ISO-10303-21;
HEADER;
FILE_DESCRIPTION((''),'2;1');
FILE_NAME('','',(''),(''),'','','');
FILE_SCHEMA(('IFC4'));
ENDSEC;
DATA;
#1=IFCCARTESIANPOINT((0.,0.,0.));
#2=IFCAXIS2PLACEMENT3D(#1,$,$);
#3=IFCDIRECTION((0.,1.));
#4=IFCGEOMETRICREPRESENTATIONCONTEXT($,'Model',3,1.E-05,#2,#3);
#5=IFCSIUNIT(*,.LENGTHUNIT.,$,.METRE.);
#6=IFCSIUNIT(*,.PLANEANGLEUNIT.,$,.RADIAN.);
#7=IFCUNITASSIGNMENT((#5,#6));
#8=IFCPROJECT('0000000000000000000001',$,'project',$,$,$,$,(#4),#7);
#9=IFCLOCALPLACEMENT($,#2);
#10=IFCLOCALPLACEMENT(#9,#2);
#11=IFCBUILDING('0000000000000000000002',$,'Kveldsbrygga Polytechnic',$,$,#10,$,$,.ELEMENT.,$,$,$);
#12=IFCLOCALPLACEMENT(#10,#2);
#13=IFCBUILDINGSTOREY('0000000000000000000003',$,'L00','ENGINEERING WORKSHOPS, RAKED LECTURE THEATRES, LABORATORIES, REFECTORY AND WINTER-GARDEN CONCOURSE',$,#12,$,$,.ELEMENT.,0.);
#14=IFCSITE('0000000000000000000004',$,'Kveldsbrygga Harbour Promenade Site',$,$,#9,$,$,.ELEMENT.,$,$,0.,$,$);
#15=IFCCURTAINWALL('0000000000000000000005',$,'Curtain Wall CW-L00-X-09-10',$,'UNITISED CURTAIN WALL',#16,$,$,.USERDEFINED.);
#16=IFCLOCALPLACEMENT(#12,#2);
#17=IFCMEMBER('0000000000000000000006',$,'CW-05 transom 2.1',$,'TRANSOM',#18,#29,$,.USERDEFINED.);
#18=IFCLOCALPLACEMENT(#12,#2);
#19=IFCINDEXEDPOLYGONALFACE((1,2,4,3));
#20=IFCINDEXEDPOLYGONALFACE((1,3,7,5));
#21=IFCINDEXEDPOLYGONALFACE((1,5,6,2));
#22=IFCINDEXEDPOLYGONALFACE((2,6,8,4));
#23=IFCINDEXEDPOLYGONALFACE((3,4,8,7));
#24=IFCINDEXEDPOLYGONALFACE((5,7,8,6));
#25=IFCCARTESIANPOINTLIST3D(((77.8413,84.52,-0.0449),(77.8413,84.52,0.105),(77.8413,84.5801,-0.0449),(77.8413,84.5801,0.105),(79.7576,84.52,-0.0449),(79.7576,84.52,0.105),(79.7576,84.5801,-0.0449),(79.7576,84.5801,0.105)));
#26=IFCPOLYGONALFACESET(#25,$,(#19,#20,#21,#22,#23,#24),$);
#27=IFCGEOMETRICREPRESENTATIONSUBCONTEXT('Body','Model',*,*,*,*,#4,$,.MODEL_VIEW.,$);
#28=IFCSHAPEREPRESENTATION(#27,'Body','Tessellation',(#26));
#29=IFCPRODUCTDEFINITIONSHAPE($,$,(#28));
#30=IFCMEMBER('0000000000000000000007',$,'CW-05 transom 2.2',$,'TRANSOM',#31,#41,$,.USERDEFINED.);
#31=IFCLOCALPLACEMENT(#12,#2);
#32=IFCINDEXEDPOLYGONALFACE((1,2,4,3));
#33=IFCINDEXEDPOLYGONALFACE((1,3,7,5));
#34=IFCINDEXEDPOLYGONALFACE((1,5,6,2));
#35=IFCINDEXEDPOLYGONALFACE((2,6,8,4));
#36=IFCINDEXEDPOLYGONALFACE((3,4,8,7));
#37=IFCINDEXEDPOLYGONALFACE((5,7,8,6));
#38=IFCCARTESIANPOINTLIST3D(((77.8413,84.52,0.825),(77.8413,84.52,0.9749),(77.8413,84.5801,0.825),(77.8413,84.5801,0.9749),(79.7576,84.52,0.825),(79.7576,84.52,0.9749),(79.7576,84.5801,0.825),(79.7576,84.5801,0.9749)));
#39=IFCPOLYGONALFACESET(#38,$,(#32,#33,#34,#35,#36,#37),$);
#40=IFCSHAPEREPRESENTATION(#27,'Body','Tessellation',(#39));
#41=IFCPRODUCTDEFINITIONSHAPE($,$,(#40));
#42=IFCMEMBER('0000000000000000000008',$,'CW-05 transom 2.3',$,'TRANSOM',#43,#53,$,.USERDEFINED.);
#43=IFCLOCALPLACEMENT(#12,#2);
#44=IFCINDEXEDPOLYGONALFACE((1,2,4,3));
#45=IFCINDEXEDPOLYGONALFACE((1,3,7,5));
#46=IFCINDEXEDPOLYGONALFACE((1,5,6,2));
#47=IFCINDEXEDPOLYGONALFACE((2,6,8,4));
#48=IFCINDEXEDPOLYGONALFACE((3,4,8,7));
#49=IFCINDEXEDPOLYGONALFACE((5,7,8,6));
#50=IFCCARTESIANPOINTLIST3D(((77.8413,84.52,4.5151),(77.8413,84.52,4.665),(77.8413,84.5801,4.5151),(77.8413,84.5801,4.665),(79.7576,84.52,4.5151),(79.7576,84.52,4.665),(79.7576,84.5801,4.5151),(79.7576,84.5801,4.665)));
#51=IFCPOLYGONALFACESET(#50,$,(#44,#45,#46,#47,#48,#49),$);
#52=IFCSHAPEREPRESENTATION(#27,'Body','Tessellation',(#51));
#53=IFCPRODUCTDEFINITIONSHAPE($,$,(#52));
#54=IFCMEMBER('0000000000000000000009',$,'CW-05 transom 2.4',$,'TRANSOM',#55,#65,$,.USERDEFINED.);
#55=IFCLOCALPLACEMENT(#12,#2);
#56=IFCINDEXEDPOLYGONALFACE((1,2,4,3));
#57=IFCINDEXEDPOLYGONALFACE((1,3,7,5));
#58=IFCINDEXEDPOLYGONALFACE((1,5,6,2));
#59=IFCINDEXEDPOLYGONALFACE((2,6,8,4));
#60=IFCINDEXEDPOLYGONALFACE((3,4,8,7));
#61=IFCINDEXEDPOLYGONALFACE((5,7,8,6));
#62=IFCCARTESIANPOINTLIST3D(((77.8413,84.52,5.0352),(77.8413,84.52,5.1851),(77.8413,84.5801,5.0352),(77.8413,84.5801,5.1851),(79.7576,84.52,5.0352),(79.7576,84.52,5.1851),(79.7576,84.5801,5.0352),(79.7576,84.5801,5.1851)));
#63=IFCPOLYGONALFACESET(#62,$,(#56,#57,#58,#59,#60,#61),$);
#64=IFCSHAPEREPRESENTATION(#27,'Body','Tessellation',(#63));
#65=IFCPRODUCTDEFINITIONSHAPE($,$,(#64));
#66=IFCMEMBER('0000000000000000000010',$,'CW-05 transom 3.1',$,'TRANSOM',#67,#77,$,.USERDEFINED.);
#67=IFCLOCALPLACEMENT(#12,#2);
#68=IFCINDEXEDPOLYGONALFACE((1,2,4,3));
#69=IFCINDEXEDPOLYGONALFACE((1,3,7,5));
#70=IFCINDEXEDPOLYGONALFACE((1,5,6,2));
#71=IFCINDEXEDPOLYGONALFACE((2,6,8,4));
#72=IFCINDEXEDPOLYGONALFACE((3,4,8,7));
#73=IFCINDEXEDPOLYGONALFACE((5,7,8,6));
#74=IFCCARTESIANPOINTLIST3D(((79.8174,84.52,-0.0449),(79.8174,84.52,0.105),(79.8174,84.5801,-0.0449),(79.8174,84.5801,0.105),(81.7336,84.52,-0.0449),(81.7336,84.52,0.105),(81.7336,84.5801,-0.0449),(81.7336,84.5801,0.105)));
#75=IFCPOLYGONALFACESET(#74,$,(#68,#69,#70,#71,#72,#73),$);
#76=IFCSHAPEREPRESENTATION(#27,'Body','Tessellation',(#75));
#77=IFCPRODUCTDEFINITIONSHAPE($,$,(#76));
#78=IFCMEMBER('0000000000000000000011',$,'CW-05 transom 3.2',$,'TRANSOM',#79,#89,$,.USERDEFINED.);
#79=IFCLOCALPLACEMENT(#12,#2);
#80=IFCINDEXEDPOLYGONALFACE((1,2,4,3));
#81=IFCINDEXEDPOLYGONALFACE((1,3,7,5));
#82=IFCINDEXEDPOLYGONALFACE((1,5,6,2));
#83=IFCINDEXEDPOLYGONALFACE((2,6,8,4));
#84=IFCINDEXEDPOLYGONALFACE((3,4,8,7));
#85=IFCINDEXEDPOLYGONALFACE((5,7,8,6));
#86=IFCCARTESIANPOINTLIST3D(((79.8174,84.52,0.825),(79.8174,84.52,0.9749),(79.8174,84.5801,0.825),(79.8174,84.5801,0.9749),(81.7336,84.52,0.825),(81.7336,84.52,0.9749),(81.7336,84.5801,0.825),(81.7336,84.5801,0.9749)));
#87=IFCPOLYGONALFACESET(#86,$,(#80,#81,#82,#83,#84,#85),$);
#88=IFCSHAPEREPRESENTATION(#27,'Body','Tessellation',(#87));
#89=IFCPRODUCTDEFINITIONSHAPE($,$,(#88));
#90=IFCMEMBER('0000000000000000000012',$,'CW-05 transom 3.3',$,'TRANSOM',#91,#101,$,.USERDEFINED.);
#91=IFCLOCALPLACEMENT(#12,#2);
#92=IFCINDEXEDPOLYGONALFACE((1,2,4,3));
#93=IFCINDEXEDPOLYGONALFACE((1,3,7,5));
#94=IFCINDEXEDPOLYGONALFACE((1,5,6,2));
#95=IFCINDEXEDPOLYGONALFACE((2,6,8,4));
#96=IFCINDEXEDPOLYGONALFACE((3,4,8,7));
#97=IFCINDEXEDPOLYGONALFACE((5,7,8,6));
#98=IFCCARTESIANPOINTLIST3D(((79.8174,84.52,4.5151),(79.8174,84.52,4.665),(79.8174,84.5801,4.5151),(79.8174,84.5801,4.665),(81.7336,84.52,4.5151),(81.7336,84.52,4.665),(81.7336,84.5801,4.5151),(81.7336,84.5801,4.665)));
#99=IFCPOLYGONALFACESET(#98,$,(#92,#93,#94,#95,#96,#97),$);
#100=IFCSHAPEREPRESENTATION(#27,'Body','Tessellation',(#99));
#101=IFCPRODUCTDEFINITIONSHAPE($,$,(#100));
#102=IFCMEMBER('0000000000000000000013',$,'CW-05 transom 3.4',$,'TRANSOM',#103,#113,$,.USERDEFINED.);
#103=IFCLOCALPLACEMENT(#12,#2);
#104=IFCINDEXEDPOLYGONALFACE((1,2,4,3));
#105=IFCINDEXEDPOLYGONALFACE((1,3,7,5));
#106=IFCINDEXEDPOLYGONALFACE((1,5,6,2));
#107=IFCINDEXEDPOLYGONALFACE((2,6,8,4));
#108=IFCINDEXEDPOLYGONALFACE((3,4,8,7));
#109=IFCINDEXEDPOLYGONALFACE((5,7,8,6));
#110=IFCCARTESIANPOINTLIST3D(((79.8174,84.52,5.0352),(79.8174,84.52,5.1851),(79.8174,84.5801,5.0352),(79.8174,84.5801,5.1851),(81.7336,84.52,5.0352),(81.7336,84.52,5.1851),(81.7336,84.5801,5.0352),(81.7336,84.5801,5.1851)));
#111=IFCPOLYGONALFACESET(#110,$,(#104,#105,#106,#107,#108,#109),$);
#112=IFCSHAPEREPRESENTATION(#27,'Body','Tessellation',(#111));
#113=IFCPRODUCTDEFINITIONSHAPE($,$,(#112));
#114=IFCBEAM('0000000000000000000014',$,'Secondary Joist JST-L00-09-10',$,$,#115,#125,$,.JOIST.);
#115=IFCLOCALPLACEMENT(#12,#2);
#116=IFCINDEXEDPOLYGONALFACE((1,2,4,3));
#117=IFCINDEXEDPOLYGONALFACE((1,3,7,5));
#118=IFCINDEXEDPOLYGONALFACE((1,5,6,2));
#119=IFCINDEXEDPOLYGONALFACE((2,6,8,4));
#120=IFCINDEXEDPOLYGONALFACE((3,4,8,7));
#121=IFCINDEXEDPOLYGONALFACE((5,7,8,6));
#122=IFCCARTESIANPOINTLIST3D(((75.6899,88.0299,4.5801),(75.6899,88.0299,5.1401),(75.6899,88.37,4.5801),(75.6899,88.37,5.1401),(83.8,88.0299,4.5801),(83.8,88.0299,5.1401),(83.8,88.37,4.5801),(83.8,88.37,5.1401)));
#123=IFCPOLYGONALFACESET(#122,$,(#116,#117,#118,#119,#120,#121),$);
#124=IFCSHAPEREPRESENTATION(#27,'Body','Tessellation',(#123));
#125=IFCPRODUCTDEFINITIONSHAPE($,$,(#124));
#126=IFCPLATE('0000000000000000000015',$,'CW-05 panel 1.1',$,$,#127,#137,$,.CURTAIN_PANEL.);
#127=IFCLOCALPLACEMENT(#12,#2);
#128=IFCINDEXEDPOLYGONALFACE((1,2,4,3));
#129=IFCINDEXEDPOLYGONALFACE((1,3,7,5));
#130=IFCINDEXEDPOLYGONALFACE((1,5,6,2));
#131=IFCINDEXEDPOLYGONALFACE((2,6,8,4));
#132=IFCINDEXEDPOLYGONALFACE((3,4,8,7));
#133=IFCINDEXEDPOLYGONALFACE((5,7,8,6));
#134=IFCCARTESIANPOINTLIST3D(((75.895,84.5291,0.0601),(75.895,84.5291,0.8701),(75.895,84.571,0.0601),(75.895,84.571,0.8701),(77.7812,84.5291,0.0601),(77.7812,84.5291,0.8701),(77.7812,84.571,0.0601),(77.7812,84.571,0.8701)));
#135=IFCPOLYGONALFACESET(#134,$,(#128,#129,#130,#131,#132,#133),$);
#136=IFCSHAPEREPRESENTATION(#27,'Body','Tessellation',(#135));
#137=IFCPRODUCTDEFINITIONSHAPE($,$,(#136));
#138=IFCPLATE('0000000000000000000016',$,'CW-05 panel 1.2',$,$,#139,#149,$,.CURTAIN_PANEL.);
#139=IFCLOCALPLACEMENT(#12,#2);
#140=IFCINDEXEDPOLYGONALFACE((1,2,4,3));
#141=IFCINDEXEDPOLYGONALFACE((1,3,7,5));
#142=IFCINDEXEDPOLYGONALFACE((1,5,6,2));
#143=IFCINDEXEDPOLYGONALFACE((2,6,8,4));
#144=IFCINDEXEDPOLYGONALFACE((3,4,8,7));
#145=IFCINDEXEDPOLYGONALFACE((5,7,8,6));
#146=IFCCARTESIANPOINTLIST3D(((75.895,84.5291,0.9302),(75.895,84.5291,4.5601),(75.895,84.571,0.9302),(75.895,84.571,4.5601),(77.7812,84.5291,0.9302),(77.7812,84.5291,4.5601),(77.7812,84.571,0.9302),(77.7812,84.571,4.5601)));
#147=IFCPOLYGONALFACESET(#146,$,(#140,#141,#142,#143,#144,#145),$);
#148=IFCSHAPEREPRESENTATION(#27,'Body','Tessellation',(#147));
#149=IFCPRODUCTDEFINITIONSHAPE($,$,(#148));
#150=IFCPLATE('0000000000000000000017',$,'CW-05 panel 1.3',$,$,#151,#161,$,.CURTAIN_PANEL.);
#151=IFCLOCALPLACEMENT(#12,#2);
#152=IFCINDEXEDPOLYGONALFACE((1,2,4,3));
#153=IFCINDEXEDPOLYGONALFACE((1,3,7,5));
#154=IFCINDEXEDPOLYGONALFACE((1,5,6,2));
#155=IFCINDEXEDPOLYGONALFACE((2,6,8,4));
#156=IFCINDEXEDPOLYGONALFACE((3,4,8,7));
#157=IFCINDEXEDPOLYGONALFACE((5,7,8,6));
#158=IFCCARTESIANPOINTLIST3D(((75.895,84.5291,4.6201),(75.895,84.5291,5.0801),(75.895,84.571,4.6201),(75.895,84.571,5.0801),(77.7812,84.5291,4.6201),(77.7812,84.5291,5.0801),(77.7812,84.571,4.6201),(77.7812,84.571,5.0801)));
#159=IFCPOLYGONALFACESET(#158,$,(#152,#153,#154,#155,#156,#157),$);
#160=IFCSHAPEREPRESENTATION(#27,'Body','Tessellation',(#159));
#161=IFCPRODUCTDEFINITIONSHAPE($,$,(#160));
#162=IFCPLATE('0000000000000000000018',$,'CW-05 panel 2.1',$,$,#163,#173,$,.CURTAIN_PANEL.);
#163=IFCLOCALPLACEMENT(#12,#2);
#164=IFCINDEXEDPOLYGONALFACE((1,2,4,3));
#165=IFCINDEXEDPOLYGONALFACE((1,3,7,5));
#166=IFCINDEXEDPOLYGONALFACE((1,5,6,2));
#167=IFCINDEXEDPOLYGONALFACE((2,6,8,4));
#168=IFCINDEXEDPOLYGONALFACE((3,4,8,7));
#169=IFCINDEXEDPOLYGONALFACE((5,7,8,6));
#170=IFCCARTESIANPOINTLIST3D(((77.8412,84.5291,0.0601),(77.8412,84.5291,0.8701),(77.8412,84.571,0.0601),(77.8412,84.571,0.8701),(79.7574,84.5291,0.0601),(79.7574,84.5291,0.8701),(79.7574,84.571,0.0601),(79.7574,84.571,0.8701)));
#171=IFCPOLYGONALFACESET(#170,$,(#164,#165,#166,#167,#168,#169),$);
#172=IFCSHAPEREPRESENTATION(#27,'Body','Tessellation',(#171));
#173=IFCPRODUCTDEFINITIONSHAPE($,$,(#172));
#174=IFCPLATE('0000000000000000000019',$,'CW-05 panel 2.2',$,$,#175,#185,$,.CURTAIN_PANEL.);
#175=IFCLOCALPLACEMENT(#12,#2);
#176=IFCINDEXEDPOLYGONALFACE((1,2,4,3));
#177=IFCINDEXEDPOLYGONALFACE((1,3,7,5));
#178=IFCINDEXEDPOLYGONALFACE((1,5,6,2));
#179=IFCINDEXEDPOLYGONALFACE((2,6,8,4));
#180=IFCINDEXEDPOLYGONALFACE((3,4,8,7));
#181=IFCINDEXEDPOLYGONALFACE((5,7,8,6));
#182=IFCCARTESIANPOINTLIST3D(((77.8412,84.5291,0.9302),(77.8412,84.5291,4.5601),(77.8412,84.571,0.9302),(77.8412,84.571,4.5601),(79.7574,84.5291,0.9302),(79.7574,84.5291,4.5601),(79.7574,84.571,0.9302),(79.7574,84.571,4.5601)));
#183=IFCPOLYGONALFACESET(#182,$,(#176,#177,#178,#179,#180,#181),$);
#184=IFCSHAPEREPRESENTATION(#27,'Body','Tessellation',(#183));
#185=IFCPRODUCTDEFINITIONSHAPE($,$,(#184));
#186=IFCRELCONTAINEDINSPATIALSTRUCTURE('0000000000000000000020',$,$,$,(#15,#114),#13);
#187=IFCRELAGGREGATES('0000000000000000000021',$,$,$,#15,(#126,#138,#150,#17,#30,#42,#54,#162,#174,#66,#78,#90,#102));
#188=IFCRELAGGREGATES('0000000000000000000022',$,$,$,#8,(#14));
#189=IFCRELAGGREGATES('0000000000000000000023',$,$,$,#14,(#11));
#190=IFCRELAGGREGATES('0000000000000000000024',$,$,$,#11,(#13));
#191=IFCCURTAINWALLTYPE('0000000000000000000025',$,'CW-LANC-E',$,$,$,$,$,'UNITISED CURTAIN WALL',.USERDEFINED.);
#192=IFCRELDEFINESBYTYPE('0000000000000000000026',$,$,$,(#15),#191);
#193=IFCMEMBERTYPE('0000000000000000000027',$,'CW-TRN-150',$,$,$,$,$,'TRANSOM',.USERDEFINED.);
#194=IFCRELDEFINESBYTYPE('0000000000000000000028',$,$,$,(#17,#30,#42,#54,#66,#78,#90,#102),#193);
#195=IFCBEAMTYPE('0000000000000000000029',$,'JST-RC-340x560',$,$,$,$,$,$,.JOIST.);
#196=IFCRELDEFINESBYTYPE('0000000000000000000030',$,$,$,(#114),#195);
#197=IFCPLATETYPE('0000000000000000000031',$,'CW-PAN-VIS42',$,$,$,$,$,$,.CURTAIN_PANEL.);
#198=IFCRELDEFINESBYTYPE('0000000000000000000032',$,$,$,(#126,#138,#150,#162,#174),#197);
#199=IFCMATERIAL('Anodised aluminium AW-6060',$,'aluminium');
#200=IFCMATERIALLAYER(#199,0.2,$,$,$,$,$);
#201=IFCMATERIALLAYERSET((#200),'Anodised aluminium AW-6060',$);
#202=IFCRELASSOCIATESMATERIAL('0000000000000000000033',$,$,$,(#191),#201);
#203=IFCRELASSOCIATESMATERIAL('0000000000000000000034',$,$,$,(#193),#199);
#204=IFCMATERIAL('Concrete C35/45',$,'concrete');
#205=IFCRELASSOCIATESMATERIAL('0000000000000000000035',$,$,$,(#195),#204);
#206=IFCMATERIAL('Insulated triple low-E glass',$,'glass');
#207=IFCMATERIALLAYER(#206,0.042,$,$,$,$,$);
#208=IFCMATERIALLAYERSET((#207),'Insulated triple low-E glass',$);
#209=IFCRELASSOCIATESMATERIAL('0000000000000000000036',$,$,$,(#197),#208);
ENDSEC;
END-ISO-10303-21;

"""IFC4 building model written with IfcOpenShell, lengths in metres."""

from ifc_helpers import new_model, si_unit, direction, frame, origin, origin_2d, place, context, subcontext, project, spatial, rectangle, extrude, material, layer, layer_set, material_profile, profile_set, type_object, element, aggregate, save


model = new_model("IFC4")

# Units and contexts
model_context = context("Model", 3, precision=1e-05, world=origin(), true_north=direction((0.0, 1.0)))
body_context = subcontext(model_context, "Body", "Model", "MODEL_VIEW")
ifc_project = project(units=[si_unit("LENGTHUNIT", "METRE"), si_unit("PLANEANGLEUNIT", "RADIAN")], contexts=[model_context])

# Site, building, storey
site_placement = place(None, origin())
site = spatial("IfcSite", under=ifc_project, at=site_placement, Name="Kveldsbrygga Harbour Promenade Site", CompositionType="ELEMENT", RefElevation=0.0)
building_placement = place(site_placement, origin())
building = spatial("IfcBuilding", under=site, at=building_placement, Name="Kveldsbrygga Polytechnic", CompositionType="ELEMENT")
storey_placement = place(building_placement, origin())
storey = spatial("IfcBuildingStorey", under=building, at=storey_placement, Name="L00", Description="ENGINEERING WORKSHOPS, RAKED LECTURE THEATRES, LABORATORIES, REFECTORY AND WINTER-GARDEN CONCOURSE", CompositionType="ELEMENT", Elevation=0.0)

# Shared definitions
ifc_material_1 = material(Name="Concrete C35/45", Category="concrete")

# Curtain wall, members
ifc_material_2 = material(Name="Anodised aluminium AW-6060", Category="aluminium")
ifc_layer_1 = layer(ifc_material_2, 0.2)
ifc_layer_set_1 = layer_set([ifc_layer_1], Name="Anodised aluminium AW-6060")
curtain_wall_type = type_object("IfcCurtainWallType", Name="CW-LANC-E", ElementType="UNITISED CURTAIN WALL", PredefinedType="USERDEFINED", material=ifc_layer_set_1)
curtain_wall_placement = place(storey_placement, origin())
curtain_wall = element("IfcCurtainWall", 1, at=curtain_wall_placement, inside=storey, type_object=curtain_wall_type, Name="Curtain Wall CW-L00-X-09-10", ObjectType="UNITISED CURTAIN WALL", PredefinedType="USERDEFINED")
ifc_material_profile_1 = material_profile(ifc_material_2, rectangle(XDim=0.0601, YDim=0.1499, at=origin_2d()), Name="ALU 60x150")
ifc_profile_set_1 = profile_set([ifc_material_profile_1], Name="Anodised aluminium AW-6060")
member_type_1 = type_object("IfcMemberType", Name="CW-TRN-150", ElementType="TRANSOM", PredefinedType="USERDEFINED", material=ifc_profile_set_1)
member_1_placement = place(storey_placement, frame((77.8413, 84.55, 0.03), z_axis=(1.0, 0.0, 0.0), x_axis=(0.0, 1.0, 0.0)))
member_1 = element("IfcMember", 2, at=member_1_placement, type_object=member_type_1, Name="CW-05 transom 2.1", ObjectType="TRANSOM", PredefinedType="USERDEFINED", context=body_context, shape_type="SweptSolid", body=[
    extrude(rectangle(XDim=0.0601, YDim=0.1499, at=origin_2d()), origin(), (0.0, 0.0, 1.0), 1.9163),
])
member_2_placement = place(storey_placement, frame((77.8413, 84.55, 0.8999), z_axis=(1.0, 0.0, 0.0), x_axis=(0.0, 1.0, 0.0)))
member_2 = element("IfcMember", 3, at=member_2_placement, type_object=member_type_1, Name="CW-05 transom 2.2", ObjectType="TRANSOM", PredefinedType="USERDEFINED", context=body_context, shape_type="SweptSolid", body=[
    extrude(rectangle(XDim=0.0601, YDim=0.1499, at=origin_2d()), origin(), (0.0, 0.0, 1.0), 1.9163),
])
member_3_placement = place(storey_placement, frame((77.8413, 84.55, 4.5901), z_axis=(1.0, 0.0, 0.0), x_axis=(0.0, 1.0, 0.0)))
member_3 = element("IfcMember", 4, at=member_3_placement, type_object=member_type_1, Name="CW-05 transom 2.3", ObjectType="TRANSOM", PredefinedType="USERDEFINED", context=body_context, shape_type="SweptSolid", body=[
    extrude(rectangle(XDim=0.0601, YDim=0.1499, at=origin_2d()), origin(), (0.0, 0.0, 1.0), 1.9163),
])
member_4_placement = place(storey_placement, frame((77.8413, 84.55, 5.1101), z_axis=(1.0, 0.0, 0.0), x_axis=(0.0, 1.0, 0.0)))
member_4 = element("IfcMember", 5, at=member_4_placement, type_object=member_type_1, Name="CW-05 transom 2.4", ObjectType="TRANSOM", PredefinedType="USERDEFINED", context=body_context, shape_type="SweptSolid", body=[
    extrude(rectangle(XDim=0.0601, YDim=0.1499, at=origin_2d()), origin(), (0.0, 0.0, 1.0), 1.9163),
])
member_5_placement = place(storey_placement, frame((79.8174, 84.55, 0.03), z_axis=(1.0, 0.0, 0.0), x_axis=(0.0, 1.0, 0.0)))
member_5 = element("IfcMember", 6, at=member_5_placement, type_object=member_type_1, Name="CW-05 transom 3.1", ObjectType="TRANSOM", PredefinedType="USERDEFINED", context=body_context, shape_type="SweptSolid", body=[
    extrude(rectangle(XDim=0.0601, YDim=0.1499, at=origin_2d()), origin(), (0.0, 0.0, 1.0), 1.9163),
])
member_6_placement = place(storey_placement, frame((79.8174, 84.55, 0.8999), z_axis=(1.0, 0.0, 0.0), x_axis=(0.0, 1.0, 0.0)))
member_6 = element("IfcMember", 7, at=member_6_placement, type_object=member_type_1, Name="CW-05 transom 3.2", ObjectType="TRANSOM", PredefinedType="USERDEFINED", context=body_context, shape_type="SweptSolid", body=[
    extrude(rectangle(XDim=0.0601, YDim=0.1499, at=origin_2d()), origin(), (0.0, 0.0, 1.0), 1.9163),
])
member_7_placement = place(storey_placement, frame((79.8174, 84.55, 4.5901), z_axis=(1.0, 0.0, 0.0), x_axis=(0.0, 1.0, 0.0)))
member_7 = element("IfcMember", 8, at=member_7_placement, type_object=member_type_1, Name="CW-05 transom 3.3", ObjectType="TRANSOM", PredefinedType="USERDEFINED", context=body_context, shape_type="SweptSolid", body=[
    extrude(rectangle(XDim=0.0601, YDim=0.1499, at=origin_2d()), origin(), (0.0, 0.0, 1.0), 1.9163),
])
member_8_placement = place(storey_placement, frame((79.8174, 84.55, 5.1101), z_axis=(1.0, 0.0, 0.0), x_axis=(0.0, 1.0, 0.0)))
member_8 = element("IfcMember", 9, at=member_8_placement, type_object=member_type_1, Name="CW-05 transom 3.4", ObjectType="TRANSOM", PredefinedType="USERDEFINED", context=body_context, shape_type="SweptSolid", body=[
    extrude(rectangle(XDim=0.0601, YDim=0.1499, at=origin_2d()), origin(), (0.0, 0.0, 1.0), 1.9163),
])

# Beam
ifc_material_profile_2 = material_profile(ifc_material_1, rectangle(XDim=0.3401, YDim=0.5601, at=origin_2d()), Name="RC 340x560")
ifc_profile_set_2 = profile_set([ifc_material_profile_2], Name="Concrete C35/45")
beam_type_1 = type_object("IfcBeamType", Name="JST-RC-340x560", PredefinedType="JOIST", material=ifc_profile_set_2)
beam_1_placement = place(storey_placement, frame((75.6899, 88.2, 4.8601), z_axis=(1.0, 0.0, 0.0), x_axis=(0.0, 1.0, 0.0)))
element("IfcBeam", 10, at=beam_1_placement, inside=storey, type_object=beam_type_1, Name="Secondary Joist JST-L00-09-10", PredefinedType="JOIST", context=body_context, shape_type="SweptSolid", body=[
    extrude(rectangle(XDim=0.3401, YDim=0.5601, at=origin_2d()), origin(), (0.0, 0.0, 1.0), 8.1101),
])

# Plates
ifc_material_3 = material(Name="Insulated triple low-E glass", Category="glass")
ifc_layer_2 = layer(ifc_material_3, 0.042)
ifc_layer_set_2 = layer_set([ifc_layer_2], Name="Insulated triple low-E glass")
plate_type = type_object("IfcPlateType", Name="CW-PAN-VIS42", PredefinedType="CURTAIN_PANEL", material=ifc_layer_set_2)
plate_1_placement = place(storey_placement, frame((76.8381, 84.55, 0.0601), z_axis=(0.0, 0.0, 1.0), x_axis=(1.0, 0.0, 0.0)))
plate_1 = element("IfcPlate", 11, at=plate_1_placement, type_object=plate_type, Name="CW-05 panel 1.1", PredefinedType="CURTAIN_PANEL", context=body_context, shape_type="SweptSolid", body=[
    extrude(rectangle(XDim=1.8862, YDim=0.042, at=origin_2d()), origin(), (0.0, 0.0, 1.0), 0.8101),
])
plate_2_placement = place(storey_placement, frame((76.8381, 84.55, 0.9302), z_axis=(0.0, 0.0, 1.0), x_axis=(1.0, 0.0, 0.0)))
plate_2 = element("IfcPlate", 12, at=plate_2_placement, type_object=plate_type, Name="CW-05 panel 1.2", PredefinedType="CURTAIN_PANEL", context=body_context, shape_type="SweptSolid", body=[
    extrude(rectangle(XDim=1.8862, YDim=0.042, at=origin_2d()), origin(), (0.0, 0.0, 1.0), 3.6299),
])
plate_3_placement = place(storey_placement, frame((76.8381, 84.55, 4.6201), z_axis=(0.0, 0.0, 1.0), x_axis=(1.0, 0.0, 0.0)))
plate_3 = element("IfcPlate", 13, at=plate_3_placement, type_object=plate_type, Name="CW-05 panel 1.3", PredefinedType="CURTAIN_PANEL", context=body_context, shape_type="SweptSolid", body=[
    extrude(rectangle(XDim=1.8862, YDim=0.042, at=origin_2d()), origin(), (0.0, 0.0, 1.0), 0.46),
])
plate_4_placement = place(storey_placement, frame((78.7993, 84.55, 0.0601), z_axis=(0.0, 0.0, 1.0), x_axis=(1.0, 0.0, 0.0)))
plate_4 = element("IfcPlate", 14, at=plate_4_placement, type_object=plate_type, Name="CW-05 panel 2.1", PredefinedType="CURTAIN_PANEL", context=body_context, shape_type="SweptSolid", body=[
    extrude(rectangle(XDim=1.9163, YDim=0.042, at=origin_2d()), origin(), (0.0, 0.0, 1.0), 0.8101),
])
plate_5_placement = place(storey_placement, frame((78.7993, 84.55, 0.9302), z_axis=(0.0, 0.0, 1.0), x_axis=(1.0, 0.0, 0.0)))
plate_5 = element("IfcPlate", 15, at=plate_5_placement, type_object=plate_type, Name="CW-05 panel 2.2", PredefinedType="CURTAIN_PANEL", context=body_context, shape_type="SweptSolid", body=[
    extrude(rectangle(XDim=1.9163, YDim=0.042, at=origin_2d()), origin(), (0.0, 0.0, 1.0), 3.6299),
])
aggregate(curtain_wall, [plate_1, plate_2, plate_3, member_1, member_2, member_3, member_4, plate_4, plate_5, member_5, member_6, member_7, member_8])

save(model, "model.ifc")
